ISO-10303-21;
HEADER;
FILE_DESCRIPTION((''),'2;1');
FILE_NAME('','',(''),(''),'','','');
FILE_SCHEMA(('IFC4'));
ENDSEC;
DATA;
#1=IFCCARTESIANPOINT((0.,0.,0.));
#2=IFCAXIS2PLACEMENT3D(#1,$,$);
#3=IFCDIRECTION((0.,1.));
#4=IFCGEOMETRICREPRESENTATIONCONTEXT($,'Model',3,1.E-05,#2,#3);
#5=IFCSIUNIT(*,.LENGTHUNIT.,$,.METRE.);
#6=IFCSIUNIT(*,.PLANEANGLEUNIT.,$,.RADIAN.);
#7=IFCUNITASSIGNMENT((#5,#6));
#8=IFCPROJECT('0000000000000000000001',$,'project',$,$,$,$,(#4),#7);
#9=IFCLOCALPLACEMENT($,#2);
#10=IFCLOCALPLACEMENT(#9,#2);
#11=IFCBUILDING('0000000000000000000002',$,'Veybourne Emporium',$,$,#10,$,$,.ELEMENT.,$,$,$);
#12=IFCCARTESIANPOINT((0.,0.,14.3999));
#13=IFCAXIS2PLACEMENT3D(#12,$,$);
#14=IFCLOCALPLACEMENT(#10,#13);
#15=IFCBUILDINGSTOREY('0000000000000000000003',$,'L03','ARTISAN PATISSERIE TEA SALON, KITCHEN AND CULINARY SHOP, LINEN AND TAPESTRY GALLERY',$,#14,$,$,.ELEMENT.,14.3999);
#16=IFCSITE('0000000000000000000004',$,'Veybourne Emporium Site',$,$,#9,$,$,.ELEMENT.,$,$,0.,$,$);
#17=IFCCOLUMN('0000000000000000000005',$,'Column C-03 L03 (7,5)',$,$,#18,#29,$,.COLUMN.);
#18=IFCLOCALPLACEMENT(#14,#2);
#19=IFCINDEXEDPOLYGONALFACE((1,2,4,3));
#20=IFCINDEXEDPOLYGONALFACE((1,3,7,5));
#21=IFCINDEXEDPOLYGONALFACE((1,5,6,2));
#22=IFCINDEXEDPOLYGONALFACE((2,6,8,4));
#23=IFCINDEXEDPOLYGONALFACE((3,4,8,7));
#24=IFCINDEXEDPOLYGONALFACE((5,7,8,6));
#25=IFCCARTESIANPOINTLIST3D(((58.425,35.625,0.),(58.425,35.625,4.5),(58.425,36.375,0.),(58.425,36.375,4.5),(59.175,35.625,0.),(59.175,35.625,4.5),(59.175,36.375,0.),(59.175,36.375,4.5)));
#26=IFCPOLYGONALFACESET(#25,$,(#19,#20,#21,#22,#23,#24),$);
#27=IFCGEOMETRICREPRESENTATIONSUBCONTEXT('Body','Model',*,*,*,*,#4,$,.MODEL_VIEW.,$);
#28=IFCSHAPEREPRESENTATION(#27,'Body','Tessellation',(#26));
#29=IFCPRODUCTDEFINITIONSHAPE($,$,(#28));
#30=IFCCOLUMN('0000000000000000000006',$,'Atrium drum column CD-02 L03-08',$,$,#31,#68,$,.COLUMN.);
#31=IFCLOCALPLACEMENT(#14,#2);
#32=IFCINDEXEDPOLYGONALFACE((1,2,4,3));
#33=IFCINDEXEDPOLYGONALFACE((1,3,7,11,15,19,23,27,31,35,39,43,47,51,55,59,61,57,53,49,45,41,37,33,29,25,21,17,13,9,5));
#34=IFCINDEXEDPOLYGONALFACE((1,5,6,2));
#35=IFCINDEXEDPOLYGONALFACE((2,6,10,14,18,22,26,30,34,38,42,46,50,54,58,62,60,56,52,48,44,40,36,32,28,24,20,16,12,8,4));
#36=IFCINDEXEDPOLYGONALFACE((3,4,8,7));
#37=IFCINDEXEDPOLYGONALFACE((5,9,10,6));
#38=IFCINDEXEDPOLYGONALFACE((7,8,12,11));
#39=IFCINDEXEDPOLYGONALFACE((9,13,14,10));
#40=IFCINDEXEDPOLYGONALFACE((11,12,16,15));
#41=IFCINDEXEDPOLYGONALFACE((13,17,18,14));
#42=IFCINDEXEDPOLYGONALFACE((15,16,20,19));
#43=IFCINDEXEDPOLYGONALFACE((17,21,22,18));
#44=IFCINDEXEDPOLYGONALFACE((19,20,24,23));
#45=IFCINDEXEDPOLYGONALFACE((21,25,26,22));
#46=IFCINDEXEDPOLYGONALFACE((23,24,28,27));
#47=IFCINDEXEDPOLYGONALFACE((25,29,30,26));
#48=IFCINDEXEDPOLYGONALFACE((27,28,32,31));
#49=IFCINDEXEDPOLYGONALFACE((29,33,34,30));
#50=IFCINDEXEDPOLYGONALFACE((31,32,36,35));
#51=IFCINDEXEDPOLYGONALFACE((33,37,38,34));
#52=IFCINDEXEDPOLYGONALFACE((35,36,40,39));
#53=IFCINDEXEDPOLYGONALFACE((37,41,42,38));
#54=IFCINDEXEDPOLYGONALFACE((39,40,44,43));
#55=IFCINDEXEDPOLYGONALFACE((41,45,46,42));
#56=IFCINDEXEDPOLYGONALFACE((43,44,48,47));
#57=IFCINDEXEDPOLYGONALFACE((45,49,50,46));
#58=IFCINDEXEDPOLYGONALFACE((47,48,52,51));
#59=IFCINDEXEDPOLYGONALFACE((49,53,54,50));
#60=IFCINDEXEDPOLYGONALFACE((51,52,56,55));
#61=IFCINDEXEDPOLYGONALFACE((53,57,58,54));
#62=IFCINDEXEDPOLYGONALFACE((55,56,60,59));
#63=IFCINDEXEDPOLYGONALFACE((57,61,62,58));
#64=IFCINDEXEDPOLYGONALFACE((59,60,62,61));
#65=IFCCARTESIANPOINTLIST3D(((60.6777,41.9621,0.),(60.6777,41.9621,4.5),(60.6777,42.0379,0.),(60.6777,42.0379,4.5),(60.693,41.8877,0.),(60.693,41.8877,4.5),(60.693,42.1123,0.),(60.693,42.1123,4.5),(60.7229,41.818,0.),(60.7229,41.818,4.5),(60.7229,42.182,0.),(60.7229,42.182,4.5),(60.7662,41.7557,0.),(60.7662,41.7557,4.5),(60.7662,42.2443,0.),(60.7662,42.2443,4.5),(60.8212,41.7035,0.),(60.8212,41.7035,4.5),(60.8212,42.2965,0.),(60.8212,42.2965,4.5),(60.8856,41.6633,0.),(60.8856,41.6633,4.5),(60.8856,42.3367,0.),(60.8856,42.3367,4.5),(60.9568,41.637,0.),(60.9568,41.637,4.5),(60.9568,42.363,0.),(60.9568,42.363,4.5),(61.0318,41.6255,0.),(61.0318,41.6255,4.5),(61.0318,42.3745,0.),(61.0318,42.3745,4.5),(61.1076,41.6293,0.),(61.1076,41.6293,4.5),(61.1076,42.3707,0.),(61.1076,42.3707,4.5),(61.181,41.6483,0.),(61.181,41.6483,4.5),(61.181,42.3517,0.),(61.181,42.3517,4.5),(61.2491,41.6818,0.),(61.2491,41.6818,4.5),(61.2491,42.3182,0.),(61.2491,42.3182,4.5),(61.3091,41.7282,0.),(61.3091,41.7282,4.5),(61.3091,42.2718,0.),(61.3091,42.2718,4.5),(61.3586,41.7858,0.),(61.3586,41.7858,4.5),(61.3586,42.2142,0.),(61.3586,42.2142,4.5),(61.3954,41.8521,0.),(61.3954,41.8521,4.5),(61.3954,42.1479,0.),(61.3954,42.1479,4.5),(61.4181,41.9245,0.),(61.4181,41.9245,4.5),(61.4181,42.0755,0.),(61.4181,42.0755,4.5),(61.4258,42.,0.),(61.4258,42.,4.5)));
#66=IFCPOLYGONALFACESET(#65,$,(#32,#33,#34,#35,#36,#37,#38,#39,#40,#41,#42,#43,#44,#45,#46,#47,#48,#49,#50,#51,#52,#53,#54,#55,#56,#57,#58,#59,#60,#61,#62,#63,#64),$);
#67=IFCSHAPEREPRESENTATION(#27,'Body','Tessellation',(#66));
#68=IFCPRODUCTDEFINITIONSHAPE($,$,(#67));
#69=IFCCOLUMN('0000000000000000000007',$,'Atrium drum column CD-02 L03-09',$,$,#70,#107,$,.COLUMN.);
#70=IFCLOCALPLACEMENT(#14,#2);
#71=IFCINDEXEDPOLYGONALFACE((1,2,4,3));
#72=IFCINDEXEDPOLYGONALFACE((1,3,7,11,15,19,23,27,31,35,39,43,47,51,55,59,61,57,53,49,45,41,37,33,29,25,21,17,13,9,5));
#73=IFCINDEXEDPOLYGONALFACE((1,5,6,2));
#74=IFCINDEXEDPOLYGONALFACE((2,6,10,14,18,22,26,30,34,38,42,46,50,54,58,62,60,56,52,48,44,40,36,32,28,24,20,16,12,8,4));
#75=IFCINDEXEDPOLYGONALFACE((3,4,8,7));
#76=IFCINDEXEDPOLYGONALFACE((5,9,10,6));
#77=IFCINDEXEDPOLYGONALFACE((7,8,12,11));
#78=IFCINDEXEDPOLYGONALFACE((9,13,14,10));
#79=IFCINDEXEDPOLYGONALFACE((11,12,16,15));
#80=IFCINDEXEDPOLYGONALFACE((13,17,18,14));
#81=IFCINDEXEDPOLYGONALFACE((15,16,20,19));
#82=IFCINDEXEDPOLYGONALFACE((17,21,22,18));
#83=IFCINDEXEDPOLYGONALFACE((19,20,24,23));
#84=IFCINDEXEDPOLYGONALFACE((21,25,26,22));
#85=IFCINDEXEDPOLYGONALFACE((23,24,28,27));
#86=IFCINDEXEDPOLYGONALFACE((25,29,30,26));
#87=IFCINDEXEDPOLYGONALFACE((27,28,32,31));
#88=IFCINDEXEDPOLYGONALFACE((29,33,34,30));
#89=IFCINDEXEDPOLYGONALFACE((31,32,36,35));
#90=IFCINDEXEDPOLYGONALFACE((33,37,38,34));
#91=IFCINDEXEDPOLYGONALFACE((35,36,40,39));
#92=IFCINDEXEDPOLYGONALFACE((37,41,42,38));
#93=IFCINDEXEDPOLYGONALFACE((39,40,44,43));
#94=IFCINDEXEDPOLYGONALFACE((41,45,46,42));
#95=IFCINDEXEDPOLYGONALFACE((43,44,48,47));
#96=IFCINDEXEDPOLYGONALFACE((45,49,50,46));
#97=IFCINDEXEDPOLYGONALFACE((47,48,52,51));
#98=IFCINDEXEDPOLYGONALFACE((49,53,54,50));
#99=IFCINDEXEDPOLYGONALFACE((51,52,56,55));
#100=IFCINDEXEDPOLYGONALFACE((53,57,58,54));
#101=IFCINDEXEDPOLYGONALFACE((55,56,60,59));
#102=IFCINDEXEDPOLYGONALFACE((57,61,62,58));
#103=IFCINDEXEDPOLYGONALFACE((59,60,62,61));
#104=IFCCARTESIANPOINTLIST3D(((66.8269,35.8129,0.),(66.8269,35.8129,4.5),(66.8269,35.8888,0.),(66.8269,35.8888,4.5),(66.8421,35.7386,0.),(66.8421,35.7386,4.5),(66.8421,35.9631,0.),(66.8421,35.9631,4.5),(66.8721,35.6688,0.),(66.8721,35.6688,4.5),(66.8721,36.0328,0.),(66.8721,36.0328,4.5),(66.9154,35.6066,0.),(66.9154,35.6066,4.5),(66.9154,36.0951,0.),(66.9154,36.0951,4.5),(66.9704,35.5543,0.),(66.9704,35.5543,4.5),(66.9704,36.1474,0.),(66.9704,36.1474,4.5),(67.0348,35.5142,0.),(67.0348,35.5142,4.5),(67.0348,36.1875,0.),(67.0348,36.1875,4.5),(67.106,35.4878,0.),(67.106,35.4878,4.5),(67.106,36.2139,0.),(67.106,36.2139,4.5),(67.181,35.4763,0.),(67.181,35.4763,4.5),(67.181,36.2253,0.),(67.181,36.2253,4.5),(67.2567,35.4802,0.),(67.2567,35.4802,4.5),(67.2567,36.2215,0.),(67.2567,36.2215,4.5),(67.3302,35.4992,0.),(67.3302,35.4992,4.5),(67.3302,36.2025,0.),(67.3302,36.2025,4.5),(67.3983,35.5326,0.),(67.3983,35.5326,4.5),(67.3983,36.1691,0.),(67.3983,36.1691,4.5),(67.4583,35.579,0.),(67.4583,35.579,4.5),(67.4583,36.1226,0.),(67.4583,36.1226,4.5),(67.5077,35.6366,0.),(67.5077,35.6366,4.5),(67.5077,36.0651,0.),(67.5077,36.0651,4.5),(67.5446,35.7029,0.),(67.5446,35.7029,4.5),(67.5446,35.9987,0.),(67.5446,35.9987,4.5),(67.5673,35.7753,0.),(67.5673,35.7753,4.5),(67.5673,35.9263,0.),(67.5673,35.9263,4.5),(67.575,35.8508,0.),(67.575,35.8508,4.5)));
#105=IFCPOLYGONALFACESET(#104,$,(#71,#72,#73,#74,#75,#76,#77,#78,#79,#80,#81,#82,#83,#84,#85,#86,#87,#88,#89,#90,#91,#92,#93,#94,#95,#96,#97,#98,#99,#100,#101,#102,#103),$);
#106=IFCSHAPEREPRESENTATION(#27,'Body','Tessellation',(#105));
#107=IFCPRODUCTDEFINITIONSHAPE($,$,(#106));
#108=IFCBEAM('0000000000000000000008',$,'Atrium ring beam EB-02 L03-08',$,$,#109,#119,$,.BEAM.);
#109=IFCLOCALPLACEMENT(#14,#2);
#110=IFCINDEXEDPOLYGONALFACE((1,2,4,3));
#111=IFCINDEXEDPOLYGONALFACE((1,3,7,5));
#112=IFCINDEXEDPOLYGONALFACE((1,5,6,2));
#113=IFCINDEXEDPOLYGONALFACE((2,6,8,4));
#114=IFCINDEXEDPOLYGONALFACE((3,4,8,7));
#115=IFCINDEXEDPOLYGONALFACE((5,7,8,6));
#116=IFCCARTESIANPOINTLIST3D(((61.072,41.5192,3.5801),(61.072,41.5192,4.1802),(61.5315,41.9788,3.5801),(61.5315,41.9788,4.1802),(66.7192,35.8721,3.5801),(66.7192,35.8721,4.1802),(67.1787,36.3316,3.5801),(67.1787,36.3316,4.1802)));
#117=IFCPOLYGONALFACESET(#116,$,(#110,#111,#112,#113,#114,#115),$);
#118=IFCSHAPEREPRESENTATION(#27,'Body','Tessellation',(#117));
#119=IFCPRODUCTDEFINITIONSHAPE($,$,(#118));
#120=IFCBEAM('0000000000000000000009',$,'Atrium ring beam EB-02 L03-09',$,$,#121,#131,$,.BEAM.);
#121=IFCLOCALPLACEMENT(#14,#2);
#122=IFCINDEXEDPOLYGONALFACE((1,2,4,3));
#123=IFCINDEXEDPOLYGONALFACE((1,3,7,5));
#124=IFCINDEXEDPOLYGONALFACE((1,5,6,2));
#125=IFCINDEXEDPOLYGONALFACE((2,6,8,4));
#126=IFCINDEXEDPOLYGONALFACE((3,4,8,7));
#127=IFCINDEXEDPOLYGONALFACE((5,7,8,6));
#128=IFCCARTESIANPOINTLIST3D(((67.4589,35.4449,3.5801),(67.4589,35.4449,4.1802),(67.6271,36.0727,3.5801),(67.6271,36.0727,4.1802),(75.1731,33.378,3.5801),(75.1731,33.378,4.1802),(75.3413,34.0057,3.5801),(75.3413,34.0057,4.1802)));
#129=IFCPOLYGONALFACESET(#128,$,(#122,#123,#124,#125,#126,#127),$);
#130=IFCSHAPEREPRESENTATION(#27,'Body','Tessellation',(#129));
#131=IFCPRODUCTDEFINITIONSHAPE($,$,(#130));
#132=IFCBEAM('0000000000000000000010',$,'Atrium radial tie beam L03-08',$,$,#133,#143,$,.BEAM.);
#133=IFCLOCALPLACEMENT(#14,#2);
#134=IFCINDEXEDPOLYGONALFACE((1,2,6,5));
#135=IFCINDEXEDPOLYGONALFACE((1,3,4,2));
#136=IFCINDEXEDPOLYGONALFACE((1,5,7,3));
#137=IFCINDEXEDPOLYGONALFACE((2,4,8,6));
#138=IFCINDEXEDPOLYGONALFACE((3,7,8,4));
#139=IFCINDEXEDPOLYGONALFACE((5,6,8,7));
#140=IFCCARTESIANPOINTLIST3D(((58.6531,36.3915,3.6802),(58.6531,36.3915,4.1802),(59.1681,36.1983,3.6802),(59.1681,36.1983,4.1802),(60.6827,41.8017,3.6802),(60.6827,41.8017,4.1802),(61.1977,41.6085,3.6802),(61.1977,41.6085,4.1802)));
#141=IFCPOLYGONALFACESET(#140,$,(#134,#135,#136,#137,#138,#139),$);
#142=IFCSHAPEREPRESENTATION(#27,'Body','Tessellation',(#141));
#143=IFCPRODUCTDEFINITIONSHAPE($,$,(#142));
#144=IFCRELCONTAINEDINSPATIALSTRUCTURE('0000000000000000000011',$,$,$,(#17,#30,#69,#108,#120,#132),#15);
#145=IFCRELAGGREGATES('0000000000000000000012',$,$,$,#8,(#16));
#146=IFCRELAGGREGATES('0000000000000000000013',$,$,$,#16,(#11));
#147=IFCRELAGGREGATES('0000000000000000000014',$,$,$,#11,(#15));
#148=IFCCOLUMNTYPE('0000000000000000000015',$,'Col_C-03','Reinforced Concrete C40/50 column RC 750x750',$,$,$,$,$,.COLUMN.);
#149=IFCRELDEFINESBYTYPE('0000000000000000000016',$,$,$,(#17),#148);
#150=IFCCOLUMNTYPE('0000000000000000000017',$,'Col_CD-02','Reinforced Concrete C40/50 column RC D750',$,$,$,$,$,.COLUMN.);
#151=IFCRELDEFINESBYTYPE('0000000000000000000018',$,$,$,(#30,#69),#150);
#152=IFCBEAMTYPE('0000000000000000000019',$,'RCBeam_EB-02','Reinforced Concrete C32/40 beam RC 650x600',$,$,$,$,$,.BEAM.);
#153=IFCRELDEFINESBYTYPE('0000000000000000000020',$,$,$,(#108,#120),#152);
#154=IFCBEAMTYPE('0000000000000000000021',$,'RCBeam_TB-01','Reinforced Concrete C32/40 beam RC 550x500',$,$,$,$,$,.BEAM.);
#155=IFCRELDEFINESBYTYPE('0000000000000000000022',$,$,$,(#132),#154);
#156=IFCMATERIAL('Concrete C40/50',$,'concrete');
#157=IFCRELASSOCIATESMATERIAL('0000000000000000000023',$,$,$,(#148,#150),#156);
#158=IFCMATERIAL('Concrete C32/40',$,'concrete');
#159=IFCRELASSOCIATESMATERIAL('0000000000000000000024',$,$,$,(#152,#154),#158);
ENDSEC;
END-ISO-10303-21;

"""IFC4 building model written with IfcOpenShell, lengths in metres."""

from ifc_helpers import new_model, si_unit, direction, frame, origin, origin_2d, place, context, subcontext, project, spatial, rectangle, circle, extrude, material, material_profile, profile_set, type_object, element, save


model = new_model("IFC4")

# Units and contexts
model_context = context("Model", 3, precision=1e-05, world=origin(), true_north=direction((0.0, 1.0)))
body_context = subcontext(model_context, "Body", "Model", "MODEL_VIEW")
ifc_project = project(units=[si_unit("LENGTHUNIT", "METRE"), si_unit("PLANEANGLEUNIT", "RADIAN")], contexts=[model_context])

# Site, building, storey
site_placement = place(None, origin())
site = spatial("IfcSite", under=ifc_project, at=site_placement, Name="Veybourne Emporium Site", CompositionType="ELEMENT", RefElevation=0.0)
building_placement = place(site_placement, origin())
building = spatial("IfcBuilding", under=site, at=building_placement, Name="Veybourne Emporium", CompositionType="ELEMENT")
storey_placement = place(building_placement, frame((0.0, 0.0, 14.3999)))
storey = spatial("IfcBuildingStorey", under=building, at=storey_placement, Name="L03", Description="ARTISAN PATISSERIE TEA SALON, KITCHEN AND CULINARY SHOP, LINEN AND TAPESTRY GALLERY", CompositionType="ELEMENT", Elevation=14.3999)

# Columns
ifc_material_1 = material(Name="Concrete C40/50", Category="concrete")
ifc_material_profile_1 = material_profile(ifc_material_1, rectangle(XDim=0.75, YDim=0.75, at=origin_2d()), Name="RC 750x750")
ifc_profile_set_1 = profile_set([ifc_material_profile_1], Name="Concrete C40/50")
column_type_1 = type_object("IfcColumnType", Name="Col_C-03", Description="Reinforced Concrete C40/50 column RC 750x750", PredefinedType="COLUMN", material=ifc_profile_set_1)
column_placement = place(storey_placement, frame((58.8, 36.0, 0.0), z_axis=(0.0, 0.0, 1.0), x_axis=(1.0, 0.0, 0.0)))
element("IfcColumn", 1, at=column_placement, inside=storey, type_object=column_type_1, Name="Column C-03 L03 (7,5)", PredefinedType="COLUMN", context=body_context, shape_type="SweptSolid", body=[
    extrude(rectangle(XDim=0.75, YDim=0.75, at=origin_2d()), origin(), (0.0, 0.0, 1.0), 4.5),
])
ifc_material_profile_2 = material_profile(ifc_material_1, circle(Radius=0.375, at=origin_2d()), Name="RC D750")
ifc_profile_set_2 = profile_set([ifc_material_profile_2], Name="Concrete C40/50")
column_type_2 = type_object("IfcColumnType", Name="Col_CD-02", Description="Reinforced Concrete C40/50 column RC D750", PredefinedType="COLUMN", material=ifc_profile_set_2)
for number, where, z_axis, x_axis, name in (
    (2, (61.0508, 42.0, 0.0), (0.0, 0.0, 1.0), (1.0, 0.0, 0.0), "Atrium drum column CD-02 L03-08"),
    (3, (67.2, 35.8508, 0.0), (0.0, 0.0, 1.0), (1.0, 0.0, 0.0), "Atrium drum column CD-02 L03-09"),
):
    element("IfcColumn", number, at=place(storey_placement, frame(where, z_axis=z_axis, x_axis=x_axis)), inside=storey, type_object=column_type_2, Name=name, PredefinedType="COLUMN", context=body_context, shape_type="SweptSolid", body=[
        extrude(circle(Radius=0.375, at=origin_2d()), origin(), (0.0, 0.0, 1.0), 4.5),
    ])

# Beams
ifc_material_2 = material(Name="Concrete C32/40", Category="concrete")
ifc_material_profile_3 = material_profile(ifc_material_2, rectangle(XDim=0.6499, YDim=0.6001, at=origin_2d()), Name="RC 650x600")
ifc_profile_set_3 = profile_set([ifc_material_profile_3], Name="Concrete C32/40")
beam_type_1 = type_object("IfcBeamType", Name="RCBeam_EB-02", Description="Reinforced Concrete C32/40 beam RC 650x600", PredefinedType="BEAM", material=ifc_profile_set_3)
for number, where, z_axis, x_axis, name in (
    (4, (61.3018, 41.749, 3.8801), (0.707107, -0.707107, 0.0), (0.707107, 0.707107, 0.0), "Atrium ring beam EB-02 L03-08"),
    (5, (67.543, 35.7588, 3.8801), (0.965929, -0.258808, 0.0), (0.258808, 0.965929, 0.0), "Atrium ring beam EB-02 L03-09"),
):
    element("IfcBeam", number, at=place(storey_placement, frame(where, z_axis=z_axis, x_axis=x_axis)), inside=storey, type_object=beam_type_1, Name=name, PredefinedType="BEAM", context=body_context, shape_type="SweptSolid", body=[
        extrude(rectangle(XDim=0.6499, YDim=0.6001, at=origin_2d()), origin(), (0.0, 0.0, 1.0), 7.9863),
    ])
ifc_material_profile_4 = material_profile(ifc_material_2, rectangle(XDim=0.55, YDim=0.5, at=origin_2d()), Name="RC 550x500")
ifc_profile_set_4 = profile_set([ifc_material_profile_4], Name="Concrete C32/40")
beam_type_2 = type_object("IfcBeamType", Name="RCBeam_TB-01", Description="Reinforced Concrete C32/40 beam RC 550x500", PredefinedType="BEAM", material=ifc_profile_set_4)
beam_placement = place(storey_placement, frame((60.9402, 41.7051, 3.9302), z_axis=(-0.351235, -0.936287, 0.0), x_axis=(0.936287, -0.351235, 0.0)))
element("IfcBeam", 6, at=beam_placement, inside=storey, type_object=beam_type_2, Name="Atrium radial tie beam L03-08", PredefinedType="BEAM", context=body_context, shape_type="SweptSolid", body=[
    extrude(rectangle(XDim=0.55, YDim=0.5, at=origin_2d()), origin(), (0.0, 0.0, 1.0), 5.7783),
])

save(model, "model.ifc")
